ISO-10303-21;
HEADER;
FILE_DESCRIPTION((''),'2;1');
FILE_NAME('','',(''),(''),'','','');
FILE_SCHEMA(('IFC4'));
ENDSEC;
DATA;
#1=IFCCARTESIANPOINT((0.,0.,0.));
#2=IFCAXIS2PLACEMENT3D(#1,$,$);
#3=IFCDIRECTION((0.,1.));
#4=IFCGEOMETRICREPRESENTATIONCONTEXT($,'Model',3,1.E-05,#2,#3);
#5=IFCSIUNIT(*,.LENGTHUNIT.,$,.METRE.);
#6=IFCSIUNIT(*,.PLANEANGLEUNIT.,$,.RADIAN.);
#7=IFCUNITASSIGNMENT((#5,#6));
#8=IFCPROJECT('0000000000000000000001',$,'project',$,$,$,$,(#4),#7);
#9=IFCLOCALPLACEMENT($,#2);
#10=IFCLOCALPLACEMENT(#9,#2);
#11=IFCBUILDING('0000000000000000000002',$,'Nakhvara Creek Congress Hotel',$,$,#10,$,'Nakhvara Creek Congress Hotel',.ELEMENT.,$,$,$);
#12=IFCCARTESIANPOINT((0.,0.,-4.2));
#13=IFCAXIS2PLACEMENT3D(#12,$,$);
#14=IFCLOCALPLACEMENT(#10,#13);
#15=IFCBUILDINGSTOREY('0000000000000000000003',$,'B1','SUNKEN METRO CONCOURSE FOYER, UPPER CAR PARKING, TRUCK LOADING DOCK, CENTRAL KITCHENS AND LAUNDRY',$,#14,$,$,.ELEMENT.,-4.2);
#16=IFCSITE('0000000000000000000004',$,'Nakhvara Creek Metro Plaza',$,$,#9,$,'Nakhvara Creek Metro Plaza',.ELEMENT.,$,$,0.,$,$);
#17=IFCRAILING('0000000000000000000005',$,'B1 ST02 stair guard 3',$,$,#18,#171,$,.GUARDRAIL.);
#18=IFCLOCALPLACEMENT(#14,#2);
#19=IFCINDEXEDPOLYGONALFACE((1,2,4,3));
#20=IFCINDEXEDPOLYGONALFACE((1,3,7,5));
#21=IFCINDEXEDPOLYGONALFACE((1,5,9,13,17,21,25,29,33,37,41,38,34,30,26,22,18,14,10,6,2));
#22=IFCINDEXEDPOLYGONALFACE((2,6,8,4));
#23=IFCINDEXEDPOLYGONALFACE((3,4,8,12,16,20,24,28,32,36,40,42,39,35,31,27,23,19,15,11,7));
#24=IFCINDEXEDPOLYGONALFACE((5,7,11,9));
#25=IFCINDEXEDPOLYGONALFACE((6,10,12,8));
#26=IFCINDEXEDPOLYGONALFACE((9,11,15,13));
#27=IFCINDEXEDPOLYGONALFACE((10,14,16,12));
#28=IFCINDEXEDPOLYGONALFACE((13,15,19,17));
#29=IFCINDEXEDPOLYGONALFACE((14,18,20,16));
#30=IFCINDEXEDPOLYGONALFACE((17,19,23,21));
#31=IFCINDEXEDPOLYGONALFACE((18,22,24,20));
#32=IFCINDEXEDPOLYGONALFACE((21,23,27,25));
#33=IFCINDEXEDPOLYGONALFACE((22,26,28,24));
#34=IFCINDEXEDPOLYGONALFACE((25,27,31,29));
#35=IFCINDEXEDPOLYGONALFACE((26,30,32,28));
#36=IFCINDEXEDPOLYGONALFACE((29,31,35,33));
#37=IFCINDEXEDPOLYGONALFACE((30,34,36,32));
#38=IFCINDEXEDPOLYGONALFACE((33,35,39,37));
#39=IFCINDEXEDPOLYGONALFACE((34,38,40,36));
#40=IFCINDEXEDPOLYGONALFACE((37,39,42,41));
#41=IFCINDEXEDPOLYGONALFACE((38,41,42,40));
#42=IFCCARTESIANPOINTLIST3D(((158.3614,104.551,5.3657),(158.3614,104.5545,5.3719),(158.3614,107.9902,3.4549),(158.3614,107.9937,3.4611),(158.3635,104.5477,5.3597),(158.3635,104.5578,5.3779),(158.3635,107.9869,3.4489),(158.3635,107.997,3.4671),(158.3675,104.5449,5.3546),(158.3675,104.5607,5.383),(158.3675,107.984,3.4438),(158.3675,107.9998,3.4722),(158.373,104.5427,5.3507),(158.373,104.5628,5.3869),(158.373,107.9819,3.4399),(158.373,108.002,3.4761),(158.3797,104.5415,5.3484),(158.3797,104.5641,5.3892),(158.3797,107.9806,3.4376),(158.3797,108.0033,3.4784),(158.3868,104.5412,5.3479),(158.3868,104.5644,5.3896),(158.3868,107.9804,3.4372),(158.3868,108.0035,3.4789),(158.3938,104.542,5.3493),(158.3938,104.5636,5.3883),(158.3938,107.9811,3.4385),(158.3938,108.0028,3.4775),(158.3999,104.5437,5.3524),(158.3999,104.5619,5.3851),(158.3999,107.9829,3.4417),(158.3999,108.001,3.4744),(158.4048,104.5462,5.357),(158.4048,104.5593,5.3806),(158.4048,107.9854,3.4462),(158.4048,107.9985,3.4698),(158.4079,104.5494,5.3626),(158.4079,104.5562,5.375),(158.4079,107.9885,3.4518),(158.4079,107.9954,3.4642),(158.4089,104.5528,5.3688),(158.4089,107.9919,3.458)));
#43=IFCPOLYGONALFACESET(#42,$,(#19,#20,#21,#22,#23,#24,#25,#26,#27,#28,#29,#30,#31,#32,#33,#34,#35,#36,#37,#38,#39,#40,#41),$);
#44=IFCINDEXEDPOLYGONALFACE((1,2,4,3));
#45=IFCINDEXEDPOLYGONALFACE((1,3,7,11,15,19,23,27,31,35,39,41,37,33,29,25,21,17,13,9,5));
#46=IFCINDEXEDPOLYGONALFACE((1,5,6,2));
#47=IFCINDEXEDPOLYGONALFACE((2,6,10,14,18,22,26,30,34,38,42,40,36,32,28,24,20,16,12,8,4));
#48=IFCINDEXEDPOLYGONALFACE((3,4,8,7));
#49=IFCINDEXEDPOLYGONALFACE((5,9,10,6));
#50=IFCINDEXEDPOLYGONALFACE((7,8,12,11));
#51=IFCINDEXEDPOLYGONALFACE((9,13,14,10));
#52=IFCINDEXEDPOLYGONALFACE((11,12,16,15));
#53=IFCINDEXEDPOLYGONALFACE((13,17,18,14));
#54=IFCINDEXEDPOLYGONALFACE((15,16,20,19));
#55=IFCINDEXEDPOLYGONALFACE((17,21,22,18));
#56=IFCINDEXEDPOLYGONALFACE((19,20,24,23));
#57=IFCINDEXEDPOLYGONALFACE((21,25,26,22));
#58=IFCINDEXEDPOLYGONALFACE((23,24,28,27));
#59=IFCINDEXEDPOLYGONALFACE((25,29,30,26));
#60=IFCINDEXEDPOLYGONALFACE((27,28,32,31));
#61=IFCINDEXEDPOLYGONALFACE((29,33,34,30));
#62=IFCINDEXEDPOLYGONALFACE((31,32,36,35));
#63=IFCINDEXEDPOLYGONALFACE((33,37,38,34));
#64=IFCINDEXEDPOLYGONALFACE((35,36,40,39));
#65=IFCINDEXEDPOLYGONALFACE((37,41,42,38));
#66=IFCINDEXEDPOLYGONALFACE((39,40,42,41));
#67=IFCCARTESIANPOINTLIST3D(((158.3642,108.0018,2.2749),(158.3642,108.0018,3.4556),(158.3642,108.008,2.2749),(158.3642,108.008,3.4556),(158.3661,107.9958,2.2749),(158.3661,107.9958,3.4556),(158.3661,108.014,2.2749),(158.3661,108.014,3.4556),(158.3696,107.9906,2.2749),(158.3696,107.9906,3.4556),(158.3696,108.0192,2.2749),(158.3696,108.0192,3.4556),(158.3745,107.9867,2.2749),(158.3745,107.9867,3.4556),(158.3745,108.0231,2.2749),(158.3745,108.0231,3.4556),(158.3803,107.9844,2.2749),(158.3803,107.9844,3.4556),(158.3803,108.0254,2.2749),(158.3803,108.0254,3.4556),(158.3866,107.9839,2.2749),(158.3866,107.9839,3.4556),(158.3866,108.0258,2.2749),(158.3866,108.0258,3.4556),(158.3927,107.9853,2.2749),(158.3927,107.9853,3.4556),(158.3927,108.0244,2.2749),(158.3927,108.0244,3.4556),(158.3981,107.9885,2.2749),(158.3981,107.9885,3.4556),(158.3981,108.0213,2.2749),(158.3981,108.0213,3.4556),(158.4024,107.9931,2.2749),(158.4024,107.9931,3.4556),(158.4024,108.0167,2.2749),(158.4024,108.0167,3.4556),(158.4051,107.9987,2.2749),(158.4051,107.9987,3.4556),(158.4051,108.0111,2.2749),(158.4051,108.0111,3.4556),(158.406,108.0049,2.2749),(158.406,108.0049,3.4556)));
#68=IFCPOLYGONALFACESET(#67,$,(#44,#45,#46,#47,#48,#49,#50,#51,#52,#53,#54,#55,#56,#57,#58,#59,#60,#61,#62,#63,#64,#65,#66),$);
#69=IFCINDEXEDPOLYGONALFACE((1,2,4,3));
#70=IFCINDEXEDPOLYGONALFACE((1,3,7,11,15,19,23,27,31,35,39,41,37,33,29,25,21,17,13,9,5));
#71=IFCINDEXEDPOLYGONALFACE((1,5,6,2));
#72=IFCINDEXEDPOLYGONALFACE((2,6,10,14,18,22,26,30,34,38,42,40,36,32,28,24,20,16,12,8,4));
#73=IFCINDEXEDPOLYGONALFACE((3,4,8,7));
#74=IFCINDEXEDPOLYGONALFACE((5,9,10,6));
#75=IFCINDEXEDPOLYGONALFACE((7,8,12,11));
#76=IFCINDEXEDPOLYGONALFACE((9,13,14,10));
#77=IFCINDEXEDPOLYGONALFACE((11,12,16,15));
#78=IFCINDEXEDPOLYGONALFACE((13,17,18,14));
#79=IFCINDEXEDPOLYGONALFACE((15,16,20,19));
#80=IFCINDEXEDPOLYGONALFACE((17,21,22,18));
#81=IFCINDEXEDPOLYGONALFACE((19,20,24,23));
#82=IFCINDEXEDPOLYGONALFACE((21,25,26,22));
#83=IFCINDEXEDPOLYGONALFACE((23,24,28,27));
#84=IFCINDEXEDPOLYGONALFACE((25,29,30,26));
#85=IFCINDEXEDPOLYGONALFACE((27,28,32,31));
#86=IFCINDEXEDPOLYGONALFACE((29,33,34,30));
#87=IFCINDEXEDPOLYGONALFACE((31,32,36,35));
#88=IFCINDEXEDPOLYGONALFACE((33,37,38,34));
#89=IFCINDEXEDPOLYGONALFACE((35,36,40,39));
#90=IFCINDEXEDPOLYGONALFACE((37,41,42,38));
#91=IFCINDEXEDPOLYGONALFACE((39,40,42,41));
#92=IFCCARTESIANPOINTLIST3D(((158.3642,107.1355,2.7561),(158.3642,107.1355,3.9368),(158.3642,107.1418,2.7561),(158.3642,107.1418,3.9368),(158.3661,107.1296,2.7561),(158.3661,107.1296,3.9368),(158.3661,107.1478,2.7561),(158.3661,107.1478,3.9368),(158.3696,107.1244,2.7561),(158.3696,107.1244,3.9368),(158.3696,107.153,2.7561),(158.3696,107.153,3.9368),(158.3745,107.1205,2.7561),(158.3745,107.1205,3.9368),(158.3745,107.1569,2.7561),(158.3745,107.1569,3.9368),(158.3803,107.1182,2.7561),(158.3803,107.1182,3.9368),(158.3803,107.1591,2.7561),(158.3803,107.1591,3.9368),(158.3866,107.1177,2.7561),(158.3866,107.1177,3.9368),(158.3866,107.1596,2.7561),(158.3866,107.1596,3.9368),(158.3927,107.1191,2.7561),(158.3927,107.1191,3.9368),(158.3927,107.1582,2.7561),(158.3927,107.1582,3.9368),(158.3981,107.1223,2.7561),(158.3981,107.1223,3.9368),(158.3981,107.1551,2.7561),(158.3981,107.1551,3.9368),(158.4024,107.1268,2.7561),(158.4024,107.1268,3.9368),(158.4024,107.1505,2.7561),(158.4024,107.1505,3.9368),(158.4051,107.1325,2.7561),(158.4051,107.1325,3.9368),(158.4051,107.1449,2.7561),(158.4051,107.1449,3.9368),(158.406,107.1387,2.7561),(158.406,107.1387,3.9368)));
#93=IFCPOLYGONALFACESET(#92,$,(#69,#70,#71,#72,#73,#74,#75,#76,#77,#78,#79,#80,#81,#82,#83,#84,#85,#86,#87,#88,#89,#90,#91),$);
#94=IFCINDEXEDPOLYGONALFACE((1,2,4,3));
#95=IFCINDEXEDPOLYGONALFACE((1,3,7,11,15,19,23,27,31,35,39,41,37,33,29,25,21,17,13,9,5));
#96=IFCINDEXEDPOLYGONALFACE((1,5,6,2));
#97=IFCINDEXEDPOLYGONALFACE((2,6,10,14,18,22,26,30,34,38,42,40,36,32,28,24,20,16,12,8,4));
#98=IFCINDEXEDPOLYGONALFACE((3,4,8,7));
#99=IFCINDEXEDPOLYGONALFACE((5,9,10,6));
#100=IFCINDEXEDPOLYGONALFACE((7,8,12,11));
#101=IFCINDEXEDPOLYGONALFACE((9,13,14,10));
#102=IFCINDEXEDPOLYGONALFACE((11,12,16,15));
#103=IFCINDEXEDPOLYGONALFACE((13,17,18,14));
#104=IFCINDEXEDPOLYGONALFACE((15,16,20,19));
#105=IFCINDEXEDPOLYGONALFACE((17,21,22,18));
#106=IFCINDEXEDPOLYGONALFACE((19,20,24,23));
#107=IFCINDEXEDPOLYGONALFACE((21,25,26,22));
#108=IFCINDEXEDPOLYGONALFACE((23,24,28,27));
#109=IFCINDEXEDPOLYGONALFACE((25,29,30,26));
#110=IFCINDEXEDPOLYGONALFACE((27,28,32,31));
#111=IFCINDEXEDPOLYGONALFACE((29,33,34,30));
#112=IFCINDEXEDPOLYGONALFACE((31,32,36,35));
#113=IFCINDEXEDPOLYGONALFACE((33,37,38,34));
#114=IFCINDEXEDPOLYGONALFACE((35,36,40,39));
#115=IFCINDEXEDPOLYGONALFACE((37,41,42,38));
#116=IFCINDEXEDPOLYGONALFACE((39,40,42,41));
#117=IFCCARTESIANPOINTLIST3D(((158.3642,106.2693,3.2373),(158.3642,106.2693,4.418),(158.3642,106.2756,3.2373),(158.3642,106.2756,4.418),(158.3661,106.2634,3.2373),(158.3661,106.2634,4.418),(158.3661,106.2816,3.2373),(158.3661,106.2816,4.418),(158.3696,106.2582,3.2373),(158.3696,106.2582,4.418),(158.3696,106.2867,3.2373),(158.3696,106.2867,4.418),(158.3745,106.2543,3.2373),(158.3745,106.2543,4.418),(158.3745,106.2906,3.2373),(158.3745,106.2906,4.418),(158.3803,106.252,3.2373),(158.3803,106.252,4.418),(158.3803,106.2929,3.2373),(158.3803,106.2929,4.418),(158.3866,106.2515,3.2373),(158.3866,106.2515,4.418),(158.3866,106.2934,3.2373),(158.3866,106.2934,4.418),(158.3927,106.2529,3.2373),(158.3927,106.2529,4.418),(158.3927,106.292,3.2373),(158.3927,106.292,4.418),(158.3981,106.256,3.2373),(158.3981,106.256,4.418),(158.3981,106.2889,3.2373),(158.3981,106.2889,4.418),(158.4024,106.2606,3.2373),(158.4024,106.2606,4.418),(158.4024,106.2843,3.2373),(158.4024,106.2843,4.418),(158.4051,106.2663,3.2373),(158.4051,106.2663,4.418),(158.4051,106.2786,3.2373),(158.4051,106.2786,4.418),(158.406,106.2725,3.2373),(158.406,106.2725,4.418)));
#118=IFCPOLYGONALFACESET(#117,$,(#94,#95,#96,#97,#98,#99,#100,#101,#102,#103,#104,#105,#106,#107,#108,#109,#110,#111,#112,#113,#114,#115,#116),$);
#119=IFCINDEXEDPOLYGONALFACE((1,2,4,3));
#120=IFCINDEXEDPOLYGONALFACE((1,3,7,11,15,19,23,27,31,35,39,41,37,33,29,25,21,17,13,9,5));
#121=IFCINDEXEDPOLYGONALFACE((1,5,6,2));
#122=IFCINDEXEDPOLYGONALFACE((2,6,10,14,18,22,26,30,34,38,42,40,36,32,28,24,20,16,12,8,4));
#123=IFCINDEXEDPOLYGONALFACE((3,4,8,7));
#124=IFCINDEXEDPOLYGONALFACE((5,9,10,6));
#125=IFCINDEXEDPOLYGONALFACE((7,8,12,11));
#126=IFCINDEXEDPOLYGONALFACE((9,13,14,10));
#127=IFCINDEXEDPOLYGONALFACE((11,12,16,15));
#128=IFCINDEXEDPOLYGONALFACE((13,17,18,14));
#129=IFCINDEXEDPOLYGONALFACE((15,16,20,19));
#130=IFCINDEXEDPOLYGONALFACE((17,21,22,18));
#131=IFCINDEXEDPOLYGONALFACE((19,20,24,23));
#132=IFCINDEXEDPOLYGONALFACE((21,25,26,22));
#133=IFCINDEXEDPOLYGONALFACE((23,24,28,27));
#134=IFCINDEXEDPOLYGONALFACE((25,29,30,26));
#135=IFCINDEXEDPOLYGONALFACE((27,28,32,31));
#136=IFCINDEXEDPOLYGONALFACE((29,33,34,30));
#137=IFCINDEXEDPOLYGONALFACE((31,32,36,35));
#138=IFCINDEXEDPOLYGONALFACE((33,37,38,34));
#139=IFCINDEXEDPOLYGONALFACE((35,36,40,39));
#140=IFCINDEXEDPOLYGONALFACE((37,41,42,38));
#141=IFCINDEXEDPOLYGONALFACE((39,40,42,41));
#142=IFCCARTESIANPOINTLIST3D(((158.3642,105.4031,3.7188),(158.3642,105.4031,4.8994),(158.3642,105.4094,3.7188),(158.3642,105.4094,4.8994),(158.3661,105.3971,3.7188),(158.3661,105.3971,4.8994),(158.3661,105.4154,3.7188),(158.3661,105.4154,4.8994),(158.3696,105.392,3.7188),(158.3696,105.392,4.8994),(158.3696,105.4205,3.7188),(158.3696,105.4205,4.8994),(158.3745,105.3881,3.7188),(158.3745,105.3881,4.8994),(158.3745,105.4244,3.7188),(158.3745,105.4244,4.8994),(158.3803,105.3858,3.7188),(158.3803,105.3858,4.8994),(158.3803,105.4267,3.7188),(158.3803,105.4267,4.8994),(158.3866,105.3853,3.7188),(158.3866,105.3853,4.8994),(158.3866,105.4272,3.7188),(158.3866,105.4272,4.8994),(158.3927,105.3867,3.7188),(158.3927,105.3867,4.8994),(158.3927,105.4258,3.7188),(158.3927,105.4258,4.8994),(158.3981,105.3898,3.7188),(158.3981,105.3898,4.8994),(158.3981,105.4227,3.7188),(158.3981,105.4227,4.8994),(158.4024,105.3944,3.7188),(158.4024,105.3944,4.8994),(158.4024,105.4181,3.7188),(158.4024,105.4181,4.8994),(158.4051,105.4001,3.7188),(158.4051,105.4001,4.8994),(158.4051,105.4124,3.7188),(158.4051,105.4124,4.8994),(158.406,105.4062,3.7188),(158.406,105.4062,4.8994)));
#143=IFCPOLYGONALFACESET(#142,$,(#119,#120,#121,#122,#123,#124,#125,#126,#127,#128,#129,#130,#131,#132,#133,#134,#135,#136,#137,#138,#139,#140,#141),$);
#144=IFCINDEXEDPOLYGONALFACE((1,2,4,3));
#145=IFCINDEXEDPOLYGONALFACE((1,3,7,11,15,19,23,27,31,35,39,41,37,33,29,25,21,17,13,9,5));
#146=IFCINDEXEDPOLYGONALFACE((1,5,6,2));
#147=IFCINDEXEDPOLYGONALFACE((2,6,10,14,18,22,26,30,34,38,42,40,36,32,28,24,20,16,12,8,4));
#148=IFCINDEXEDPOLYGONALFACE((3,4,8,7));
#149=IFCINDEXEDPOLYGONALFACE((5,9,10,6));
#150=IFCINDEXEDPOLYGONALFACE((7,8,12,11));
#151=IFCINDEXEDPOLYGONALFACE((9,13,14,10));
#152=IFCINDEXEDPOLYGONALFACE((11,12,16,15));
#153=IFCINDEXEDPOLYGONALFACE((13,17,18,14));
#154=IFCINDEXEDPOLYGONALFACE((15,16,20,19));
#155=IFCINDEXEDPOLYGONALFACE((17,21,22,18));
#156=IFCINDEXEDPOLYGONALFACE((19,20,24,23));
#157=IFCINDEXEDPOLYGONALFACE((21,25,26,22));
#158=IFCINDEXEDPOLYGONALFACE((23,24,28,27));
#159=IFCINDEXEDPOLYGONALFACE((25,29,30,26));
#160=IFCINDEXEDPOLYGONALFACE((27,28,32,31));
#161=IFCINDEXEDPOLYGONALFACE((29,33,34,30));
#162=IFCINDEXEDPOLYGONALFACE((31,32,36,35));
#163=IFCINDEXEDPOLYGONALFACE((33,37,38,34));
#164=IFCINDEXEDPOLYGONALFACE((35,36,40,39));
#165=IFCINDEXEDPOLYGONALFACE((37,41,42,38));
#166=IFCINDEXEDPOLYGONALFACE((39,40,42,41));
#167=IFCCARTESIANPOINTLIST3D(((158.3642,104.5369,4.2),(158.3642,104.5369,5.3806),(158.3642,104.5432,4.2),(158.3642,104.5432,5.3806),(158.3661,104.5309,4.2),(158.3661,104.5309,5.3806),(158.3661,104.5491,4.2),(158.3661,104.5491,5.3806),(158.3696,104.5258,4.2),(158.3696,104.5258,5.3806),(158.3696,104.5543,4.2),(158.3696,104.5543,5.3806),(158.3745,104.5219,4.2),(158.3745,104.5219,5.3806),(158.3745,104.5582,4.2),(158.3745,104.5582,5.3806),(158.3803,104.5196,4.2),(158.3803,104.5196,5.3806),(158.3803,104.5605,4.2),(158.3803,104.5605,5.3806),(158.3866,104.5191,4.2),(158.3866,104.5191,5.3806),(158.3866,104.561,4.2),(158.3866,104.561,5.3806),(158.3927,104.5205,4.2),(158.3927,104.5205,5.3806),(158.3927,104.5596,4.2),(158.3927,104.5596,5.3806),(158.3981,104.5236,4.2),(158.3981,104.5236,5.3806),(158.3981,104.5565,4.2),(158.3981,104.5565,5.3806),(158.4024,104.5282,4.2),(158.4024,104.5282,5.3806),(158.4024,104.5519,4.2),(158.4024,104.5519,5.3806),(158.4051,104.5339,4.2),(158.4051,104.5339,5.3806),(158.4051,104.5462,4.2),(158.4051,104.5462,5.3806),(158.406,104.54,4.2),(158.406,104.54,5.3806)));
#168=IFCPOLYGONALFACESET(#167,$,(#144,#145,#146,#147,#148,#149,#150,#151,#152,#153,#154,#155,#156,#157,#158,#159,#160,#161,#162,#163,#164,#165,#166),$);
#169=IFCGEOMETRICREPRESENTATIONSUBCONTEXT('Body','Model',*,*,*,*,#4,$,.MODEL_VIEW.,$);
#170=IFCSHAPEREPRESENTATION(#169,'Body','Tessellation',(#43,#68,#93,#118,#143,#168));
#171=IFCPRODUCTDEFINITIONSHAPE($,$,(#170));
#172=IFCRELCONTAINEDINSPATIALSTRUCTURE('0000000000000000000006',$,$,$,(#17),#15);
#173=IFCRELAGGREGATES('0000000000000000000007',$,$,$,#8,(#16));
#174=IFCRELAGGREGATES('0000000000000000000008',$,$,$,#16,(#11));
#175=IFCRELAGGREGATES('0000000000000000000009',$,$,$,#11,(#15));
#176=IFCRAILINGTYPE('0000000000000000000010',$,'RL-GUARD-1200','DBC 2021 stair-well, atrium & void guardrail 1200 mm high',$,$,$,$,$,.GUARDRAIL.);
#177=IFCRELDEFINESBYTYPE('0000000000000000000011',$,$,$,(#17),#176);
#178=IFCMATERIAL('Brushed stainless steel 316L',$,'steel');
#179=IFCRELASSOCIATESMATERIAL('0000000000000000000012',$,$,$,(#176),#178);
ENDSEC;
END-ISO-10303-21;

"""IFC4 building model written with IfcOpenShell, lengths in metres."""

from ifc_helpers import new_model, si_unit, direction, frame, origin, origin_2d, place, context, subcontext, project, spatial, circle, extrude, material, type_object, element, save


model = new_model("IFC4")

# Units and contexts
model_context = context("Model", 3, precision=1e-05, world=origin(), true_north=direction((0.0, 1.0)))
body_context = subcontext(model_context, "Body", "Model", "MODEL_VIEW")
ifc_project = project(units=[si_unit("LENGTHUNIT", "METRE"), si_unit("PLANEANGLEUNIT", "RADIAN")], contexts=[model_context])

# Site, building, storey
site_placement = place(None, origin())
site = spatial("IfcSite", under=ifc_project, at=site_placement, Name="Nakhvara Creek Metro Plaza", LongName="Nakhvara Creek Metro Plaza", CompositionType="ELEMENT", RefElevation=0.0)
building_placement = place(site_placement, origin())
building = spatial("IfcBuilding", under=site, at=building_placement, Name="Nakhvara Creek Congress Hotel", LongName="Nakhvara Creek Congress Hotel", CompositionType="ELEMENT")
storey_placement = place(building_placement, frame((0.0, 0.0, -4.2)))
storey = spatial("IfcBuildingStorey", under=building, at=storey_placement, Name="B1", Description="SUNKEN METRO CONCOURSE FOYER, UPPER CAR PARKING, TRUCK LOADING DOCK, CENTRAL KITCHENS AND LAUNDRY", CompositionType="ELEMENT", Elevation=-4.2)

# Railing
ifc_material_1 = material(Name="Brushed stainless steel 316L", Category="steel")
railing_type_1 = type_object("IfcRailingType", Name="RL-GUARD-1200", Description="DBC 2021 stair-well, atrium & void guardrail 1200 mm high", PredefinedType="GUARDRAIL", material=ifc_material_1)
railing_1_placement = place(storey_placement, frame((158.385, 108.0049, 2.2749)))
element("IfcRailing", 1, at=railing_1_placement, inside=storey, type_object=railing_type_1, Name="B1 ST02 stair guard 3", PredefinedType="GUARDRAIL", context=body_context, shape_type="SweptSolid", body=[
    extrude(circle(Radius=0.0239, at=origin_2d()), frame((0.0, -0.0129, 1.1831), z_axis=(0.0, -0.874143, 0.485669), x_axis=(1.0, 0.0, 0.0)), (0.0, 0.0, 1.0), 3.9343),
    extrude(circle(Radius=0.021, at=origin_2d()), origin(), (0.0, 0.0, 1.0), 1.1807),
    extrude(circle(Radius=0.021, at=origin_2d()), frame((0.0, -0.8662, 0.4812)), (0.0, 0.0, 1.0), 1.1807),
    extrude(circle(Radius=0.021, at=origin_2d()), frame((0.0, -1.7324, 0.9624)), (0.0, 0.0, 1.0), 1.1807),
    extrude(circle(Radius=0.021, at=origin_2d()), frame((0.0, -2.5986, 1.4438)), (0.0, 0.0, 1.0), 1.1807),
    extrude(circle(Radius=0.021, at=origin_2d()), frame((0.0, -3.4648, 1.925)), (0.0, 0.0, 1.0), 1.1807),
])

save(model, "model.ifc")
